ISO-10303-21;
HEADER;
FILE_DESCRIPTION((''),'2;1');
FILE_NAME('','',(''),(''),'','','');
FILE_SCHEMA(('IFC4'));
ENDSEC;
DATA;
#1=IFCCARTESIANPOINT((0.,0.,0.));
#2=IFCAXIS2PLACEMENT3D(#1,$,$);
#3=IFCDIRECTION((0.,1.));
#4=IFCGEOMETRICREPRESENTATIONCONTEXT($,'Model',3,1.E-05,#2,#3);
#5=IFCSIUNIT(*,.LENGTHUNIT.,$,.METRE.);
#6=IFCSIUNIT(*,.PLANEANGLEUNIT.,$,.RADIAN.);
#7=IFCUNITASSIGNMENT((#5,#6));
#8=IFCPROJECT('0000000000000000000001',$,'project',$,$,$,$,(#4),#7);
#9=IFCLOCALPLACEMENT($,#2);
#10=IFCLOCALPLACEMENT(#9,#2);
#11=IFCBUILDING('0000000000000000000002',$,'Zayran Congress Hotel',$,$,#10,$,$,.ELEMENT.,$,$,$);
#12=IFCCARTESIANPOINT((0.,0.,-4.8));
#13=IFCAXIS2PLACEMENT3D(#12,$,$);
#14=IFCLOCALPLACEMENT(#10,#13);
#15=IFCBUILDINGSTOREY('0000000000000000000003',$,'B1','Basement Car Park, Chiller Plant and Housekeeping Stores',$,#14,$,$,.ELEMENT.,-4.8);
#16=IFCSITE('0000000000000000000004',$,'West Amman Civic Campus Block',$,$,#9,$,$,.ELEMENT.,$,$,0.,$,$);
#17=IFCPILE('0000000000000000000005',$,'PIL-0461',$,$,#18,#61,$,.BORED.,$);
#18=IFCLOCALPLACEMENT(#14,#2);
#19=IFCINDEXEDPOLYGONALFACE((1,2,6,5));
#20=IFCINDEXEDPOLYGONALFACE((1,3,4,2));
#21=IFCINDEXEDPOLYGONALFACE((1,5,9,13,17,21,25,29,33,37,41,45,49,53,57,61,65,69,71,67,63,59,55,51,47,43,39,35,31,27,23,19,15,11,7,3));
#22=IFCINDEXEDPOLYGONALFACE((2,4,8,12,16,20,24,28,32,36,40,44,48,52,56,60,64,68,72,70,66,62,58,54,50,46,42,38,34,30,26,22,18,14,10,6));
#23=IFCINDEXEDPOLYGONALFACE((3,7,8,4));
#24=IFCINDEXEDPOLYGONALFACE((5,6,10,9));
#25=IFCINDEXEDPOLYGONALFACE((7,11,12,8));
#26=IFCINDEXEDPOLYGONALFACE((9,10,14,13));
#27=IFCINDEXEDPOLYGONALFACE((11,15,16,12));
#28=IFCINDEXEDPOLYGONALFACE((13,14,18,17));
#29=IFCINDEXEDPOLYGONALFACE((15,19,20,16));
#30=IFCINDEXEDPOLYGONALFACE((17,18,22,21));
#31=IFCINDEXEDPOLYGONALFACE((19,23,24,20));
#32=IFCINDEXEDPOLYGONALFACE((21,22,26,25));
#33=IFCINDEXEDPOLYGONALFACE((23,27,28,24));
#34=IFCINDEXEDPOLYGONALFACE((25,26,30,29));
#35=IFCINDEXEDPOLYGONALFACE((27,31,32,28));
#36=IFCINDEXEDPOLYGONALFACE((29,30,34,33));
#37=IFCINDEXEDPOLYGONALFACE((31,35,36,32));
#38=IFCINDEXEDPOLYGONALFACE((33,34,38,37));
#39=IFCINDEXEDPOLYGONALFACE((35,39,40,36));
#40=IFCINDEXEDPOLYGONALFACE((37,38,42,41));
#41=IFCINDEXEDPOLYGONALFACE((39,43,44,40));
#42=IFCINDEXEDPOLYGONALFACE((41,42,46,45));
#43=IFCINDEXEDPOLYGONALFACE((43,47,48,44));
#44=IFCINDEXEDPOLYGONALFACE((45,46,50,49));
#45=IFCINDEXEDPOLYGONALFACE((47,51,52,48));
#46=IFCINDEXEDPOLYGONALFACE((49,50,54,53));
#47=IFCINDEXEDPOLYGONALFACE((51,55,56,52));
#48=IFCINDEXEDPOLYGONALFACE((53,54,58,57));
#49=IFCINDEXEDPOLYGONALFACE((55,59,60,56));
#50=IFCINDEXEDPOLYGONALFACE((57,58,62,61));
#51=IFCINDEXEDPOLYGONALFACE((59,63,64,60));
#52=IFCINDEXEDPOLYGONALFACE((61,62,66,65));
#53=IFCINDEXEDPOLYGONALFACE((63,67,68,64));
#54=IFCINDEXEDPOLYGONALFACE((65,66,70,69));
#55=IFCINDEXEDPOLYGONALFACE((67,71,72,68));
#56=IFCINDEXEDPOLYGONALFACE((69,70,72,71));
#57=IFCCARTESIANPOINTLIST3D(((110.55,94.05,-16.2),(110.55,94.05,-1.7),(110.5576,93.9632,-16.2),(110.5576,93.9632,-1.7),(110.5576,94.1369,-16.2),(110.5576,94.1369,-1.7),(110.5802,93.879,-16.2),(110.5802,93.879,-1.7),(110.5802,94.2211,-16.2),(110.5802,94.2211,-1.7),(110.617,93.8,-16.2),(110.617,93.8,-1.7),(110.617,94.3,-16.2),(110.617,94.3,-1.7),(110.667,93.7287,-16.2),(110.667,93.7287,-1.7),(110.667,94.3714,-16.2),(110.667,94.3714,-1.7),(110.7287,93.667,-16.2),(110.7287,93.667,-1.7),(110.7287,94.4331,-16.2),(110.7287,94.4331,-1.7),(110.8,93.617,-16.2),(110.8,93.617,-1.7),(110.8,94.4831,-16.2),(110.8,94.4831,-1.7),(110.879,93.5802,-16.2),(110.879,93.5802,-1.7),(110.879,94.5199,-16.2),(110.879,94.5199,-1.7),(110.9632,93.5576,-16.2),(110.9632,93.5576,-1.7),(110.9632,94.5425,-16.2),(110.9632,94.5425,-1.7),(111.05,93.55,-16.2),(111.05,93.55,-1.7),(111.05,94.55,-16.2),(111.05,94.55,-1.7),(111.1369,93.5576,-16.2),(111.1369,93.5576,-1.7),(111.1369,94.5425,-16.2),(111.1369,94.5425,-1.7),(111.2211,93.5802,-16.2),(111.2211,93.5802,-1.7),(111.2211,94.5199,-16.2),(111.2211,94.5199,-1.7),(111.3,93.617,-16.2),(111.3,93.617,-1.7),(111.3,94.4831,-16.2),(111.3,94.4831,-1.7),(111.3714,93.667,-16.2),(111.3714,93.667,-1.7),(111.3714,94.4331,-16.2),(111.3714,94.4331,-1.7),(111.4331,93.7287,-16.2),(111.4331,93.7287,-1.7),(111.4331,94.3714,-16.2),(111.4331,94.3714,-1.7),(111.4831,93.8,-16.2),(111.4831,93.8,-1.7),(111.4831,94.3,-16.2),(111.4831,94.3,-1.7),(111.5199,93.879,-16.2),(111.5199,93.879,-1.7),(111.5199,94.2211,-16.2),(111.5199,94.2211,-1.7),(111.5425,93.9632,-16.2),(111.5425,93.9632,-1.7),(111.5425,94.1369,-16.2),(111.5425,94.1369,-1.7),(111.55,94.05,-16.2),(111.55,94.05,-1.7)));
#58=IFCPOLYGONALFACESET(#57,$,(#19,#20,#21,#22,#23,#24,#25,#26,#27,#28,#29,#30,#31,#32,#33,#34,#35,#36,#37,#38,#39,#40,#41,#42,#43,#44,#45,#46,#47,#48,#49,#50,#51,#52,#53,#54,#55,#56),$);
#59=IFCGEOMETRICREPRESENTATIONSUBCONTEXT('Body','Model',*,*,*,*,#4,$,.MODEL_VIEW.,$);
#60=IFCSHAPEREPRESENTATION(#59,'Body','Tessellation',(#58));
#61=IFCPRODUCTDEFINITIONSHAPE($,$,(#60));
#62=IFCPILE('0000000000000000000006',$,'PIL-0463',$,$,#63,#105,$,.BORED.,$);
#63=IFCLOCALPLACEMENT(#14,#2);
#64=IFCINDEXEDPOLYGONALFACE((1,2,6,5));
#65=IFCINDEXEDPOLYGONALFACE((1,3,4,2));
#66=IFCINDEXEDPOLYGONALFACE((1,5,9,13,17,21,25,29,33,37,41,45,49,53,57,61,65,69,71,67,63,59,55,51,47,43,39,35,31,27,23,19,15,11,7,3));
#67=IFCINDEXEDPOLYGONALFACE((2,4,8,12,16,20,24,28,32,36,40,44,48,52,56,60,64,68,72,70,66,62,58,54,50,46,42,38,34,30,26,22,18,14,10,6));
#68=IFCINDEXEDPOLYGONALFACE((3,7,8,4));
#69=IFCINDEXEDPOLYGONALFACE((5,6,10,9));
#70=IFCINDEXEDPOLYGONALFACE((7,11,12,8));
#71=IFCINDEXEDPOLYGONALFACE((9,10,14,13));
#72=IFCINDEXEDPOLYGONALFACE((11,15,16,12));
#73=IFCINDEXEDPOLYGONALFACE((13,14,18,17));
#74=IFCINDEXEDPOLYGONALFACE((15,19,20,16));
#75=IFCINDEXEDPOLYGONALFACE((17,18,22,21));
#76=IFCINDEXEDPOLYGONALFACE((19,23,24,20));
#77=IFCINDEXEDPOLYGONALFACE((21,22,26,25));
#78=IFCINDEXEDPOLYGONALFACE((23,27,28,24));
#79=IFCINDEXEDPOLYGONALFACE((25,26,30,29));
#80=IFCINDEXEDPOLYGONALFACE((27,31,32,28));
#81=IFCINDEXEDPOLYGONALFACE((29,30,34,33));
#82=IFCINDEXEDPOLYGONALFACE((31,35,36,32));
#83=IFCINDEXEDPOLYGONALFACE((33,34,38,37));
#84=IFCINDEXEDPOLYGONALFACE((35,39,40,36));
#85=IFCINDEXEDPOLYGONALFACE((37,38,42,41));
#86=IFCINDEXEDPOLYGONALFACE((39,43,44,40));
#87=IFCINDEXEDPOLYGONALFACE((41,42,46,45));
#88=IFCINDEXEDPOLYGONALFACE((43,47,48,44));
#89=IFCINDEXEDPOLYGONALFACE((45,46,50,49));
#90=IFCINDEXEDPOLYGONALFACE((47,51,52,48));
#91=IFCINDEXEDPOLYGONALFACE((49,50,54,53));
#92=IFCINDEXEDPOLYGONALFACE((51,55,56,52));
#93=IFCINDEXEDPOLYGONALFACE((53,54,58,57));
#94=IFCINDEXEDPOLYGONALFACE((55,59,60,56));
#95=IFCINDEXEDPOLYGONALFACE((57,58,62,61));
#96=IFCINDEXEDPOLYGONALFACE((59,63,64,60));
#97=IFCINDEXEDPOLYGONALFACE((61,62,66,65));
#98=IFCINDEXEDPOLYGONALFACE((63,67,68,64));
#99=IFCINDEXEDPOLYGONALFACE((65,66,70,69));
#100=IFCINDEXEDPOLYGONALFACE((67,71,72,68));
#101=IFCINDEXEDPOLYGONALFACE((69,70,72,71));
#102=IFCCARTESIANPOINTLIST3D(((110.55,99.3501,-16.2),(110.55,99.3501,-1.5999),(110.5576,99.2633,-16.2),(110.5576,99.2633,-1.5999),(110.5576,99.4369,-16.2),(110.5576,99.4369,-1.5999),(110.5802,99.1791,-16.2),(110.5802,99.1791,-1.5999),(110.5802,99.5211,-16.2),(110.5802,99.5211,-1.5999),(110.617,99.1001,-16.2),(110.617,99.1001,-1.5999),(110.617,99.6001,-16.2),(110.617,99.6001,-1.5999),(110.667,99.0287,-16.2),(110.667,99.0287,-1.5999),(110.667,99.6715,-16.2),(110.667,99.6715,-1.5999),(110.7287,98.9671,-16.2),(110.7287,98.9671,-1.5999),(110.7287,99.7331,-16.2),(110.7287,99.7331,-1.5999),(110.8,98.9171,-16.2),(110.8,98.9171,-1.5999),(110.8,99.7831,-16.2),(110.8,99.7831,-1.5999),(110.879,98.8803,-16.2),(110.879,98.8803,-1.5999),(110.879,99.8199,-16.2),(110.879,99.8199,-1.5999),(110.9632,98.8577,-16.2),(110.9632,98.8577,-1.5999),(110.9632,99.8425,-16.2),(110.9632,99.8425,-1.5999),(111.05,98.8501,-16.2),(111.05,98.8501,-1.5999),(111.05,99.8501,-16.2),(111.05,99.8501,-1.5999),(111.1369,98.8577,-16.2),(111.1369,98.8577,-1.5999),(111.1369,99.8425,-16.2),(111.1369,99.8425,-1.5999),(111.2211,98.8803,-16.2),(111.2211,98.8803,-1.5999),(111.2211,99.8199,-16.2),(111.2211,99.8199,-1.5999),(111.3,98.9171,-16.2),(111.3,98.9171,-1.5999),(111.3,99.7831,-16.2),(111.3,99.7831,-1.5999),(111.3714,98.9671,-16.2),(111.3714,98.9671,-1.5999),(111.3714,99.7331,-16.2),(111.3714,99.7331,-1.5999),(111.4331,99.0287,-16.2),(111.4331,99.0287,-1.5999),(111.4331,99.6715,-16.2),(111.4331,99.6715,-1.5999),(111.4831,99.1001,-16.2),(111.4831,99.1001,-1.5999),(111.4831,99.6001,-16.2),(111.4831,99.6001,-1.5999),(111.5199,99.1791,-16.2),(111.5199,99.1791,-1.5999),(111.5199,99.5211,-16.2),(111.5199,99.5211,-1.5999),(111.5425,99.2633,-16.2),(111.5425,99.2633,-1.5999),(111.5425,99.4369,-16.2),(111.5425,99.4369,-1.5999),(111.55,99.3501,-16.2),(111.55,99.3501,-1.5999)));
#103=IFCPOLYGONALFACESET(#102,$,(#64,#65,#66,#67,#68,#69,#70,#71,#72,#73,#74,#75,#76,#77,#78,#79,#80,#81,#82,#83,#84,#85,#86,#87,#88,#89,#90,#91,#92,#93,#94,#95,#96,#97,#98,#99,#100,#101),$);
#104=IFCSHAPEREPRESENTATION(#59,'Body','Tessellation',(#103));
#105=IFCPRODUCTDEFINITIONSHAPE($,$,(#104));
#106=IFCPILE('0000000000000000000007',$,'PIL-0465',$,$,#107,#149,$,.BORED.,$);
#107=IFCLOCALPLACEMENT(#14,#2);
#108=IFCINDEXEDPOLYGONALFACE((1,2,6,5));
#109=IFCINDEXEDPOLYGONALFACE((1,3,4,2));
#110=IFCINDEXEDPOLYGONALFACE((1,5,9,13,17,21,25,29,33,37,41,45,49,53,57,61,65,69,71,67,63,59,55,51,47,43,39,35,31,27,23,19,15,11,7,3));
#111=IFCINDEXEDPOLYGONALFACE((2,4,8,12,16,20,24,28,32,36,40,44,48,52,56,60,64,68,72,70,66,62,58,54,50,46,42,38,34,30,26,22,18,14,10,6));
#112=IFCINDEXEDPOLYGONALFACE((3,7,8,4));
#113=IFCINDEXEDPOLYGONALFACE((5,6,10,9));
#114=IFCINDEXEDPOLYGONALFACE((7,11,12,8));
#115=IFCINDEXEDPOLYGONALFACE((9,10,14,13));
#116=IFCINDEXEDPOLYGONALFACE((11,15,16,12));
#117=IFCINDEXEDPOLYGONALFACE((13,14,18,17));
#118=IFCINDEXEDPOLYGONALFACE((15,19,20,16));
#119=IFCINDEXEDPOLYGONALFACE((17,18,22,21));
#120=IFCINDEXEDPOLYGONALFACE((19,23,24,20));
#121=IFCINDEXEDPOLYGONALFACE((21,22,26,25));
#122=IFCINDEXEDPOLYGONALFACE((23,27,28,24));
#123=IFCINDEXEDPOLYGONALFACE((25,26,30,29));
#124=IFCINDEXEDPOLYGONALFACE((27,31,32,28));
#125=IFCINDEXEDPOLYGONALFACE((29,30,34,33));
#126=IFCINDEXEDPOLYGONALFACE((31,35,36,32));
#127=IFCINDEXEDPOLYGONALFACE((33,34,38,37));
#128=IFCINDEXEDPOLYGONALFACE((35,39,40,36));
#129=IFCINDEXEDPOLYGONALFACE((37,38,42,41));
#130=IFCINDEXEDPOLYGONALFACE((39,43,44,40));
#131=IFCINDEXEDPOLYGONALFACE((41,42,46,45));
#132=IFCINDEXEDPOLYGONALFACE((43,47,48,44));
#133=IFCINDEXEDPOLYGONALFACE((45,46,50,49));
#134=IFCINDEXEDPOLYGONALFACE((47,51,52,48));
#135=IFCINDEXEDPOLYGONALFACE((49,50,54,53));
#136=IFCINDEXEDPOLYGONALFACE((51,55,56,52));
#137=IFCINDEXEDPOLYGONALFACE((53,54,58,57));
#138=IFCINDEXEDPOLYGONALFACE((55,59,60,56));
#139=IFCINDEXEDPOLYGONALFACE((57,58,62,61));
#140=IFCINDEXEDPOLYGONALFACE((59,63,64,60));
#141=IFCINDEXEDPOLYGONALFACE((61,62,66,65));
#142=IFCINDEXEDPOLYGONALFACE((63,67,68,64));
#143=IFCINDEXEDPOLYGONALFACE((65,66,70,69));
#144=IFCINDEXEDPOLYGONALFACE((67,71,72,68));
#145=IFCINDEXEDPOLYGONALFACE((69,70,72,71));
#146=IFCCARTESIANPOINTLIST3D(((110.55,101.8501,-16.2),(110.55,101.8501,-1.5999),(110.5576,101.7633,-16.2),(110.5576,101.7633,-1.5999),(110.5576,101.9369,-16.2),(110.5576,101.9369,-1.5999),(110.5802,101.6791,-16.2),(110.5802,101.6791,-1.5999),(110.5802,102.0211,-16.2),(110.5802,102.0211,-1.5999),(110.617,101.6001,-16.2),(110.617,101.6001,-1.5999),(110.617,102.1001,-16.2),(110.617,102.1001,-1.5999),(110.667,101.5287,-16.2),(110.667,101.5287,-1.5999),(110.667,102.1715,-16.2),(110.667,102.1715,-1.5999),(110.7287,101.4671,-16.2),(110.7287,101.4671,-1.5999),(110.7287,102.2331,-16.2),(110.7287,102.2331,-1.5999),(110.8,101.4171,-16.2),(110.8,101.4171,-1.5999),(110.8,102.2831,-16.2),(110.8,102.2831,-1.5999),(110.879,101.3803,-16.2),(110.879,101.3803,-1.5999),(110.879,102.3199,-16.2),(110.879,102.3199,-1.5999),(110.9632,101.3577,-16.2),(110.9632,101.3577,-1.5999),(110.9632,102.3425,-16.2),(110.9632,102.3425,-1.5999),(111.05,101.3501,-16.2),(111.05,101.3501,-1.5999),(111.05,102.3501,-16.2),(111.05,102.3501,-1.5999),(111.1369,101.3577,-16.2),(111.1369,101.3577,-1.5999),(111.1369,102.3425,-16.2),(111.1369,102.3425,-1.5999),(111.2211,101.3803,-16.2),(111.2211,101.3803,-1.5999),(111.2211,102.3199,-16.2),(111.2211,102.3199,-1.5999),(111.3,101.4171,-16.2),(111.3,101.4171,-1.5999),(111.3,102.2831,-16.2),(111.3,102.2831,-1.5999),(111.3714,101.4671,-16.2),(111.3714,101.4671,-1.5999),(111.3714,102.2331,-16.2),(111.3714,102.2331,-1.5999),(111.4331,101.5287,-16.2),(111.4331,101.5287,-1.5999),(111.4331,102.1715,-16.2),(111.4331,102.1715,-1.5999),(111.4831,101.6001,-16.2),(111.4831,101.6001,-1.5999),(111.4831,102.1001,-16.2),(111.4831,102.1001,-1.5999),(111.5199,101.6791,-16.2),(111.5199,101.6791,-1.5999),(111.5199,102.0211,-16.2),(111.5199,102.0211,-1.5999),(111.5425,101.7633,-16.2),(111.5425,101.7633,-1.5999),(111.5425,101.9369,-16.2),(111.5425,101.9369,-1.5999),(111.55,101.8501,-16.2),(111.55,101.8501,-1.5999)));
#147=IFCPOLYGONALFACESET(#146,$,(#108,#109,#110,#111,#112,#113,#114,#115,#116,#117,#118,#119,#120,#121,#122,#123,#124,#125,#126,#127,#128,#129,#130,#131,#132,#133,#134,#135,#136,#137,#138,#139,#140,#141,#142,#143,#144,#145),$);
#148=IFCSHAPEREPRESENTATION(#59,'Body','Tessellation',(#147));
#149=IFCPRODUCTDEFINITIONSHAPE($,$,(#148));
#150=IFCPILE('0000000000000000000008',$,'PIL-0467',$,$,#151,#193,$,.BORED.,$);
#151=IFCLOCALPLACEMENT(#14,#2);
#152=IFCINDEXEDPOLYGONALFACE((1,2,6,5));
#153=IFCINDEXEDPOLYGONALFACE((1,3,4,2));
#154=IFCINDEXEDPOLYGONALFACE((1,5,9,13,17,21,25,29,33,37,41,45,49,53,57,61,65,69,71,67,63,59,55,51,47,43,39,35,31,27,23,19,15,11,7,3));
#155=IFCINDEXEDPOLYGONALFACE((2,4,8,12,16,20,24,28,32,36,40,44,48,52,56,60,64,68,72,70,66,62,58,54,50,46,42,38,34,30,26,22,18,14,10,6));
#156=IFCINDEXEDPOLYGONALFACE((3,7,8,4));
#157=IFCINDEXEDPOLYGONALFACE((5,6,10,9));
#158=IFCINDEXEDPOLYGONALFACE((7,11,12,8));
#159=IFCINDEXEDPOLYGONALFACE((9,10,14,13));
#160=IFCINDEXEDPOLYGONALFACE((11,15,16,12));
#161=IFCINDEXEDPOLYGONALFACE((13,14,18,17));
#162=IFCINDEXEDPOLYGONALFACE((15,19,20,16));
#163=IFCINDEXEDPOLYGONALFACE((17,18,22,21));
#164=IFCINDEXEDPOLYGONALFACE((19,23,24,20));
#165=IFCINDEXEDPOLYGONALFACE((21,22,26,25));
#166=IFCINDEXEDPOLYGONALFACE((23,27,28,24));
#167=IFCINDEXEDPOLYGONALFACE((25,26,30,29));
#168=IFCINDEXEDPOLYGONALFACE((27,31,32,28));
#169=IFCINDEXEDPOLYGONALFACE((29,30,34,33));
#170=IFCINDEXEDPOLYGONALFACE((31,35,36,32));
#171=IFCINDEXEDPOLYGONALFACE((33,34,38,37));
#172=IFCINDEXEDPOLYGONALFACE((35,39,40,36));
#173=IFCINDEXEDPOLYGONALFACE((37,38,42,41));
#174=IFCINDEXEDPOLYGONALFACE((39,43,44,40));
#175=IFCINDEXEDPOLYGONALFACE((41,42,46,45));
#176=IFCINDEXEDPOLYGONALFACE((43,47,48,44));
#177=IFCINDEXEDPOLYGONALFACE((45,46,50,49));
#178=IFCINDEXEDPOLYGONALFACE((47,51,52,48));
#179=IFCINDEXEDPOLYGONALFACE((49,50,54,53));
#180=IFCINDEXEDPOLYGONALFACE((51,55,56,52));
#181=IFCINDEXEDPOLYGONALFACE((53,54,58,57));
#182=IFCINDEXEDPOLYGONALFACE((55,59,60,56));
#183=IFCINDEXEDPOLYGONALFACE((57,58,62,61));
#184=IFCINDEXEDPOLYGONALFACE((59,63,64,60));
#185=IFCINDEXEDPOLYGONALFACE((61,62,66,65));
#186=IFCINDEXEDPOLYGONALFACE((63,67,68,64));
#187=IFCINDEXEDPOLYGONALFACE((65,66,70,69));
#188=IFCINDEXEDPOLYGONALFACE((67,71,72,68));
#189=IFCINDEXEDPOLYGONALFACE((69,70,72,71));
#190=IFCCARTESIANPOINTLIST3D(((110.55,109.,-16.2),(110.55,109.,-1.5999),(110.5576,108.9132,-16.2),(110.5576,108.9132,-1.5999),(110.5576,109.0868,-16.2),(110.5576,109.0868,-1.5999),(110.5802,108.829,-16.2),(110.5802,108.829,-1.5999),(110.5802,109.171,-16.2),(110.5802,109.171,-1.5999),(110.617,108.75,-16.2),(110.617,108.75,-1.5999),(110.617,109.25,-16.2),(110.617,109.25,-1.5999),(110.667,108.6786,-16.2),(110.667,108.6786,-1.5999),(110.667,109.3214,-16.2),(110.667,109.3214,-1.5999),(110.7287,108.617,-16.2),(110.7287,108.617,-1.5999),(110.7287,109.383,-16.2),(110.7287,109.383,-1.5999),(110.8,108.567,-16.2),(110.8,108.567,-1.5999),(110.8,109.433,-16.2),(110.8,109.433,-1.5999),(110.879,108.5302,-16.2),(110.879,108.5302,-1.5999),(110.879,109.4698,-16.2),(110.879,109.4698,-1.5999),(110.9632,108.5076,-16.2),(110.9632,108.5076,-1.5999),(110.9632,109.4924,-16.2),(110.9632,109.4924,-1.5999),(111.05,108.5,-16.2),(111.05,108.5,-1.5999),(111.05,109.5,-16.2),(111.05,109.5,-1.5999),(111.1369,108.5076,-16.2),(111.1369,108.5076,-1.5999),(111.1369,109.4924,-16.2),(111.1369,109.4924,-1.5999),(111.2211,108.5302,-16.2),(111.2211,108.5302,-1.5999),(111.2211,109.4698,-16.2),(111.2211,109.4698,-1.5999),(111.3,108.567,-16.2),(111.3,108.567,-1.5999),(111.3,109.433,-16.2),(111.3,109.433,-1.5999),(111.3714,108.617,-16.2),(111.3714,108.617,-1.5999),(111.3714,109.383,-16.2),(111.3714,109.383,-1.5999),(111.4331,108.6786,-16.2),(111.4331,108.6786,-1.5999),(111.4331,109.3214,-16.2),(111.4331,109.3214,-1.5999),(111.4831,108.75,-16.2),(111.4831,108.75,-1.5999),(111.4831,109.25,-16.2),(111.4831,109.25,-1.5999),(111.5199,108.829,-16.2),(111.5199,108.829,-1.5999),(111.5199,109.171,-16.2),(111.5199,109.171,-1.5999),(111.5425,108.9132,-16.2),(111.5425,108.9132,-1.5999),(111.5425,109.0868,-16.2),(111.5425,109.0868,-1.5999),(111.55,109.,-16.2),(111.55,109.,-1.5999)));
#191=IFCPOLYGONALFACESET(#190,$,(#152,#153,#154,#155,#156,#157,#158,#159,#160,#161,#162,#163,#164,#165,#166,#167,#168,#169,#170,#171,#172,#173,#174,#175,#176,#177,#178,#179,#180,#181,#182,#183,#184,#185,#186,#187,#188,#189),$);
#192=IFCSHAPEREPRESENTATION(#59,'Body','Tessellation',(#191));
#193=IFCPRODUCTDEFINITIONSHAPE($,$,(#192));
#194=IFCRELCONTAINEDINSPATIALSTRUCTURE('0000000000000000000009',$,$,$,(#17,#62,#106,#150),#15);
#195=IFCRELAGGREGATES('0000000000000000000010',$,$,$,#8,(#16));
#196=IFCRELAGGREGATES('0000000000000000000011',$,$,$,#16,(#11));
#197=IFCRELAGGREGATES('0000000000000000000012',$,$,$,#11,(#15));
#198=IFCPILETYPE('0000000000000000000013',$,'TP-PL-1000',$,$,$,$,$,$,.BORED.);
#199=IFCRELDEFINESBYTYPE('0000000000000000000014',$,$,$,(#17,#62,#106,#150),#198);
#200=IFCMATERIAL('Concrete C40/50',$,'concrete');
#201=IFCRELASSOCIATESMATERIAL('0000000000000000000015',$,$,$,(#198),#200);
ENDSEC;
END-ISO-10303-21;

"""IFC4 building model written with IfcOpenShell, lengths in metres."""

from ifc_helpers import new_model, si_unit, direction, frame, origin, origin_2d, place, context, subcontext, project, spatial, circle, extrude, material, material_profile, profile_set, type_object, element, save


model = new_model("IFC4")

# Units and contexts
model_context = context("Model", 3, precision=1e-05, world=origin(), true_north=direction((0.0, 1.0)))
body_context = subcontext(model_context, "Body", "Model", "MODEL_VIEW")
ifc_project = project(units=[si_unit("LENGTHUNIT", "METRE"), si_unit("PLANEANGLEUNIT", "RADIAN")], contexts=[model_context])

# Site, building, storey
site_placement = place(None, origin())
site = spatial("IfcSite", under=ifc_project, at=site_placement, Name="West Amman Civic Campus Block", CompositionType="ELEMENT", RefElevation=0.0)
building_placement = place(site_placement, origin())
building = spatial("IfcBuilding", under=site, at=building_placement, Name="Zayran Congress Hotel", CompositionType="ELEMENT")
storey_placement = place(building_placement, frame((0.0, 0.0, -4.8)))
storey = spatial("IfcBuildingStorey", under=building, at=storey_placement, Name="B1", Description="Basement Car Park, Chiller Plant and Housekeeping Stores", CompositionType="ELEMENT", Elevation=-4.8)

# Piles
ifc_material = material(Name="Concrete C40/50", Category="concrete")
ifc_material_profile_1 = material_profile(ifc_material, circle(Radius=0.5, at=origin_2d()), Name="PILE D1000")
ifc_profile_set_1 = profile_set([ifc_material_profile_1], Name="Concrete C40/50")
pile_type = type_object("IfcPileType", Name="TP-PL-1000", PredefinedType="BORED", material=ifc_profile_set_1)
pile_placement = place(storey_placement, frame((111.05, 94.05, -1.7), z_axis=(0.0, 0.0, -1.0), x_axis=(1.0, 0.0, 0.0)))
element("IfcPile", 1, at=pile_placement, inside=storey, type_object=pile_type, Name="PIL-0461", PredefinedType="BORED", context=body_context, shape_type="SweptSolid", body=[
    extrude(circle(Radius=0.5, at=origin_2d()), origin(), (0.0, 0.0, 1.0), 14.5),
])
for number, where, z_axis, x_axis, name in (
    (2, (111.05, 99.3501, -1.5999), (0.0, 0.0, -1.0), (1.0, 0.0, 0.0), "PIL-0463"),
    (3, (111.05, 101.8501, -1.5999), (0.0, 0.0, -1.0), (1.0, 0.0, 0.0), "PIL-0465"),
    (4, (111.05, 109.0, -1.5999), (0.0, 0.0, -1.0), (1.0, 0.0, 0.0), "PIL-0467"),
):
    element("IfcPile", number, at=place(storey_placement, frame(where, z_axis=z_axis, x_axis=x_axis)), inside=storey, type_object=pile_type, Name=name, PredefinedType="BORED", context=body_context, shape_type="SweptSolid", body=[
        extrude(circle(Radius=0.5, at=origin_2d()), origin(), (0.0, 0.0, 1.0), 14.6001),
    ])

save(model, "model.ifc")
